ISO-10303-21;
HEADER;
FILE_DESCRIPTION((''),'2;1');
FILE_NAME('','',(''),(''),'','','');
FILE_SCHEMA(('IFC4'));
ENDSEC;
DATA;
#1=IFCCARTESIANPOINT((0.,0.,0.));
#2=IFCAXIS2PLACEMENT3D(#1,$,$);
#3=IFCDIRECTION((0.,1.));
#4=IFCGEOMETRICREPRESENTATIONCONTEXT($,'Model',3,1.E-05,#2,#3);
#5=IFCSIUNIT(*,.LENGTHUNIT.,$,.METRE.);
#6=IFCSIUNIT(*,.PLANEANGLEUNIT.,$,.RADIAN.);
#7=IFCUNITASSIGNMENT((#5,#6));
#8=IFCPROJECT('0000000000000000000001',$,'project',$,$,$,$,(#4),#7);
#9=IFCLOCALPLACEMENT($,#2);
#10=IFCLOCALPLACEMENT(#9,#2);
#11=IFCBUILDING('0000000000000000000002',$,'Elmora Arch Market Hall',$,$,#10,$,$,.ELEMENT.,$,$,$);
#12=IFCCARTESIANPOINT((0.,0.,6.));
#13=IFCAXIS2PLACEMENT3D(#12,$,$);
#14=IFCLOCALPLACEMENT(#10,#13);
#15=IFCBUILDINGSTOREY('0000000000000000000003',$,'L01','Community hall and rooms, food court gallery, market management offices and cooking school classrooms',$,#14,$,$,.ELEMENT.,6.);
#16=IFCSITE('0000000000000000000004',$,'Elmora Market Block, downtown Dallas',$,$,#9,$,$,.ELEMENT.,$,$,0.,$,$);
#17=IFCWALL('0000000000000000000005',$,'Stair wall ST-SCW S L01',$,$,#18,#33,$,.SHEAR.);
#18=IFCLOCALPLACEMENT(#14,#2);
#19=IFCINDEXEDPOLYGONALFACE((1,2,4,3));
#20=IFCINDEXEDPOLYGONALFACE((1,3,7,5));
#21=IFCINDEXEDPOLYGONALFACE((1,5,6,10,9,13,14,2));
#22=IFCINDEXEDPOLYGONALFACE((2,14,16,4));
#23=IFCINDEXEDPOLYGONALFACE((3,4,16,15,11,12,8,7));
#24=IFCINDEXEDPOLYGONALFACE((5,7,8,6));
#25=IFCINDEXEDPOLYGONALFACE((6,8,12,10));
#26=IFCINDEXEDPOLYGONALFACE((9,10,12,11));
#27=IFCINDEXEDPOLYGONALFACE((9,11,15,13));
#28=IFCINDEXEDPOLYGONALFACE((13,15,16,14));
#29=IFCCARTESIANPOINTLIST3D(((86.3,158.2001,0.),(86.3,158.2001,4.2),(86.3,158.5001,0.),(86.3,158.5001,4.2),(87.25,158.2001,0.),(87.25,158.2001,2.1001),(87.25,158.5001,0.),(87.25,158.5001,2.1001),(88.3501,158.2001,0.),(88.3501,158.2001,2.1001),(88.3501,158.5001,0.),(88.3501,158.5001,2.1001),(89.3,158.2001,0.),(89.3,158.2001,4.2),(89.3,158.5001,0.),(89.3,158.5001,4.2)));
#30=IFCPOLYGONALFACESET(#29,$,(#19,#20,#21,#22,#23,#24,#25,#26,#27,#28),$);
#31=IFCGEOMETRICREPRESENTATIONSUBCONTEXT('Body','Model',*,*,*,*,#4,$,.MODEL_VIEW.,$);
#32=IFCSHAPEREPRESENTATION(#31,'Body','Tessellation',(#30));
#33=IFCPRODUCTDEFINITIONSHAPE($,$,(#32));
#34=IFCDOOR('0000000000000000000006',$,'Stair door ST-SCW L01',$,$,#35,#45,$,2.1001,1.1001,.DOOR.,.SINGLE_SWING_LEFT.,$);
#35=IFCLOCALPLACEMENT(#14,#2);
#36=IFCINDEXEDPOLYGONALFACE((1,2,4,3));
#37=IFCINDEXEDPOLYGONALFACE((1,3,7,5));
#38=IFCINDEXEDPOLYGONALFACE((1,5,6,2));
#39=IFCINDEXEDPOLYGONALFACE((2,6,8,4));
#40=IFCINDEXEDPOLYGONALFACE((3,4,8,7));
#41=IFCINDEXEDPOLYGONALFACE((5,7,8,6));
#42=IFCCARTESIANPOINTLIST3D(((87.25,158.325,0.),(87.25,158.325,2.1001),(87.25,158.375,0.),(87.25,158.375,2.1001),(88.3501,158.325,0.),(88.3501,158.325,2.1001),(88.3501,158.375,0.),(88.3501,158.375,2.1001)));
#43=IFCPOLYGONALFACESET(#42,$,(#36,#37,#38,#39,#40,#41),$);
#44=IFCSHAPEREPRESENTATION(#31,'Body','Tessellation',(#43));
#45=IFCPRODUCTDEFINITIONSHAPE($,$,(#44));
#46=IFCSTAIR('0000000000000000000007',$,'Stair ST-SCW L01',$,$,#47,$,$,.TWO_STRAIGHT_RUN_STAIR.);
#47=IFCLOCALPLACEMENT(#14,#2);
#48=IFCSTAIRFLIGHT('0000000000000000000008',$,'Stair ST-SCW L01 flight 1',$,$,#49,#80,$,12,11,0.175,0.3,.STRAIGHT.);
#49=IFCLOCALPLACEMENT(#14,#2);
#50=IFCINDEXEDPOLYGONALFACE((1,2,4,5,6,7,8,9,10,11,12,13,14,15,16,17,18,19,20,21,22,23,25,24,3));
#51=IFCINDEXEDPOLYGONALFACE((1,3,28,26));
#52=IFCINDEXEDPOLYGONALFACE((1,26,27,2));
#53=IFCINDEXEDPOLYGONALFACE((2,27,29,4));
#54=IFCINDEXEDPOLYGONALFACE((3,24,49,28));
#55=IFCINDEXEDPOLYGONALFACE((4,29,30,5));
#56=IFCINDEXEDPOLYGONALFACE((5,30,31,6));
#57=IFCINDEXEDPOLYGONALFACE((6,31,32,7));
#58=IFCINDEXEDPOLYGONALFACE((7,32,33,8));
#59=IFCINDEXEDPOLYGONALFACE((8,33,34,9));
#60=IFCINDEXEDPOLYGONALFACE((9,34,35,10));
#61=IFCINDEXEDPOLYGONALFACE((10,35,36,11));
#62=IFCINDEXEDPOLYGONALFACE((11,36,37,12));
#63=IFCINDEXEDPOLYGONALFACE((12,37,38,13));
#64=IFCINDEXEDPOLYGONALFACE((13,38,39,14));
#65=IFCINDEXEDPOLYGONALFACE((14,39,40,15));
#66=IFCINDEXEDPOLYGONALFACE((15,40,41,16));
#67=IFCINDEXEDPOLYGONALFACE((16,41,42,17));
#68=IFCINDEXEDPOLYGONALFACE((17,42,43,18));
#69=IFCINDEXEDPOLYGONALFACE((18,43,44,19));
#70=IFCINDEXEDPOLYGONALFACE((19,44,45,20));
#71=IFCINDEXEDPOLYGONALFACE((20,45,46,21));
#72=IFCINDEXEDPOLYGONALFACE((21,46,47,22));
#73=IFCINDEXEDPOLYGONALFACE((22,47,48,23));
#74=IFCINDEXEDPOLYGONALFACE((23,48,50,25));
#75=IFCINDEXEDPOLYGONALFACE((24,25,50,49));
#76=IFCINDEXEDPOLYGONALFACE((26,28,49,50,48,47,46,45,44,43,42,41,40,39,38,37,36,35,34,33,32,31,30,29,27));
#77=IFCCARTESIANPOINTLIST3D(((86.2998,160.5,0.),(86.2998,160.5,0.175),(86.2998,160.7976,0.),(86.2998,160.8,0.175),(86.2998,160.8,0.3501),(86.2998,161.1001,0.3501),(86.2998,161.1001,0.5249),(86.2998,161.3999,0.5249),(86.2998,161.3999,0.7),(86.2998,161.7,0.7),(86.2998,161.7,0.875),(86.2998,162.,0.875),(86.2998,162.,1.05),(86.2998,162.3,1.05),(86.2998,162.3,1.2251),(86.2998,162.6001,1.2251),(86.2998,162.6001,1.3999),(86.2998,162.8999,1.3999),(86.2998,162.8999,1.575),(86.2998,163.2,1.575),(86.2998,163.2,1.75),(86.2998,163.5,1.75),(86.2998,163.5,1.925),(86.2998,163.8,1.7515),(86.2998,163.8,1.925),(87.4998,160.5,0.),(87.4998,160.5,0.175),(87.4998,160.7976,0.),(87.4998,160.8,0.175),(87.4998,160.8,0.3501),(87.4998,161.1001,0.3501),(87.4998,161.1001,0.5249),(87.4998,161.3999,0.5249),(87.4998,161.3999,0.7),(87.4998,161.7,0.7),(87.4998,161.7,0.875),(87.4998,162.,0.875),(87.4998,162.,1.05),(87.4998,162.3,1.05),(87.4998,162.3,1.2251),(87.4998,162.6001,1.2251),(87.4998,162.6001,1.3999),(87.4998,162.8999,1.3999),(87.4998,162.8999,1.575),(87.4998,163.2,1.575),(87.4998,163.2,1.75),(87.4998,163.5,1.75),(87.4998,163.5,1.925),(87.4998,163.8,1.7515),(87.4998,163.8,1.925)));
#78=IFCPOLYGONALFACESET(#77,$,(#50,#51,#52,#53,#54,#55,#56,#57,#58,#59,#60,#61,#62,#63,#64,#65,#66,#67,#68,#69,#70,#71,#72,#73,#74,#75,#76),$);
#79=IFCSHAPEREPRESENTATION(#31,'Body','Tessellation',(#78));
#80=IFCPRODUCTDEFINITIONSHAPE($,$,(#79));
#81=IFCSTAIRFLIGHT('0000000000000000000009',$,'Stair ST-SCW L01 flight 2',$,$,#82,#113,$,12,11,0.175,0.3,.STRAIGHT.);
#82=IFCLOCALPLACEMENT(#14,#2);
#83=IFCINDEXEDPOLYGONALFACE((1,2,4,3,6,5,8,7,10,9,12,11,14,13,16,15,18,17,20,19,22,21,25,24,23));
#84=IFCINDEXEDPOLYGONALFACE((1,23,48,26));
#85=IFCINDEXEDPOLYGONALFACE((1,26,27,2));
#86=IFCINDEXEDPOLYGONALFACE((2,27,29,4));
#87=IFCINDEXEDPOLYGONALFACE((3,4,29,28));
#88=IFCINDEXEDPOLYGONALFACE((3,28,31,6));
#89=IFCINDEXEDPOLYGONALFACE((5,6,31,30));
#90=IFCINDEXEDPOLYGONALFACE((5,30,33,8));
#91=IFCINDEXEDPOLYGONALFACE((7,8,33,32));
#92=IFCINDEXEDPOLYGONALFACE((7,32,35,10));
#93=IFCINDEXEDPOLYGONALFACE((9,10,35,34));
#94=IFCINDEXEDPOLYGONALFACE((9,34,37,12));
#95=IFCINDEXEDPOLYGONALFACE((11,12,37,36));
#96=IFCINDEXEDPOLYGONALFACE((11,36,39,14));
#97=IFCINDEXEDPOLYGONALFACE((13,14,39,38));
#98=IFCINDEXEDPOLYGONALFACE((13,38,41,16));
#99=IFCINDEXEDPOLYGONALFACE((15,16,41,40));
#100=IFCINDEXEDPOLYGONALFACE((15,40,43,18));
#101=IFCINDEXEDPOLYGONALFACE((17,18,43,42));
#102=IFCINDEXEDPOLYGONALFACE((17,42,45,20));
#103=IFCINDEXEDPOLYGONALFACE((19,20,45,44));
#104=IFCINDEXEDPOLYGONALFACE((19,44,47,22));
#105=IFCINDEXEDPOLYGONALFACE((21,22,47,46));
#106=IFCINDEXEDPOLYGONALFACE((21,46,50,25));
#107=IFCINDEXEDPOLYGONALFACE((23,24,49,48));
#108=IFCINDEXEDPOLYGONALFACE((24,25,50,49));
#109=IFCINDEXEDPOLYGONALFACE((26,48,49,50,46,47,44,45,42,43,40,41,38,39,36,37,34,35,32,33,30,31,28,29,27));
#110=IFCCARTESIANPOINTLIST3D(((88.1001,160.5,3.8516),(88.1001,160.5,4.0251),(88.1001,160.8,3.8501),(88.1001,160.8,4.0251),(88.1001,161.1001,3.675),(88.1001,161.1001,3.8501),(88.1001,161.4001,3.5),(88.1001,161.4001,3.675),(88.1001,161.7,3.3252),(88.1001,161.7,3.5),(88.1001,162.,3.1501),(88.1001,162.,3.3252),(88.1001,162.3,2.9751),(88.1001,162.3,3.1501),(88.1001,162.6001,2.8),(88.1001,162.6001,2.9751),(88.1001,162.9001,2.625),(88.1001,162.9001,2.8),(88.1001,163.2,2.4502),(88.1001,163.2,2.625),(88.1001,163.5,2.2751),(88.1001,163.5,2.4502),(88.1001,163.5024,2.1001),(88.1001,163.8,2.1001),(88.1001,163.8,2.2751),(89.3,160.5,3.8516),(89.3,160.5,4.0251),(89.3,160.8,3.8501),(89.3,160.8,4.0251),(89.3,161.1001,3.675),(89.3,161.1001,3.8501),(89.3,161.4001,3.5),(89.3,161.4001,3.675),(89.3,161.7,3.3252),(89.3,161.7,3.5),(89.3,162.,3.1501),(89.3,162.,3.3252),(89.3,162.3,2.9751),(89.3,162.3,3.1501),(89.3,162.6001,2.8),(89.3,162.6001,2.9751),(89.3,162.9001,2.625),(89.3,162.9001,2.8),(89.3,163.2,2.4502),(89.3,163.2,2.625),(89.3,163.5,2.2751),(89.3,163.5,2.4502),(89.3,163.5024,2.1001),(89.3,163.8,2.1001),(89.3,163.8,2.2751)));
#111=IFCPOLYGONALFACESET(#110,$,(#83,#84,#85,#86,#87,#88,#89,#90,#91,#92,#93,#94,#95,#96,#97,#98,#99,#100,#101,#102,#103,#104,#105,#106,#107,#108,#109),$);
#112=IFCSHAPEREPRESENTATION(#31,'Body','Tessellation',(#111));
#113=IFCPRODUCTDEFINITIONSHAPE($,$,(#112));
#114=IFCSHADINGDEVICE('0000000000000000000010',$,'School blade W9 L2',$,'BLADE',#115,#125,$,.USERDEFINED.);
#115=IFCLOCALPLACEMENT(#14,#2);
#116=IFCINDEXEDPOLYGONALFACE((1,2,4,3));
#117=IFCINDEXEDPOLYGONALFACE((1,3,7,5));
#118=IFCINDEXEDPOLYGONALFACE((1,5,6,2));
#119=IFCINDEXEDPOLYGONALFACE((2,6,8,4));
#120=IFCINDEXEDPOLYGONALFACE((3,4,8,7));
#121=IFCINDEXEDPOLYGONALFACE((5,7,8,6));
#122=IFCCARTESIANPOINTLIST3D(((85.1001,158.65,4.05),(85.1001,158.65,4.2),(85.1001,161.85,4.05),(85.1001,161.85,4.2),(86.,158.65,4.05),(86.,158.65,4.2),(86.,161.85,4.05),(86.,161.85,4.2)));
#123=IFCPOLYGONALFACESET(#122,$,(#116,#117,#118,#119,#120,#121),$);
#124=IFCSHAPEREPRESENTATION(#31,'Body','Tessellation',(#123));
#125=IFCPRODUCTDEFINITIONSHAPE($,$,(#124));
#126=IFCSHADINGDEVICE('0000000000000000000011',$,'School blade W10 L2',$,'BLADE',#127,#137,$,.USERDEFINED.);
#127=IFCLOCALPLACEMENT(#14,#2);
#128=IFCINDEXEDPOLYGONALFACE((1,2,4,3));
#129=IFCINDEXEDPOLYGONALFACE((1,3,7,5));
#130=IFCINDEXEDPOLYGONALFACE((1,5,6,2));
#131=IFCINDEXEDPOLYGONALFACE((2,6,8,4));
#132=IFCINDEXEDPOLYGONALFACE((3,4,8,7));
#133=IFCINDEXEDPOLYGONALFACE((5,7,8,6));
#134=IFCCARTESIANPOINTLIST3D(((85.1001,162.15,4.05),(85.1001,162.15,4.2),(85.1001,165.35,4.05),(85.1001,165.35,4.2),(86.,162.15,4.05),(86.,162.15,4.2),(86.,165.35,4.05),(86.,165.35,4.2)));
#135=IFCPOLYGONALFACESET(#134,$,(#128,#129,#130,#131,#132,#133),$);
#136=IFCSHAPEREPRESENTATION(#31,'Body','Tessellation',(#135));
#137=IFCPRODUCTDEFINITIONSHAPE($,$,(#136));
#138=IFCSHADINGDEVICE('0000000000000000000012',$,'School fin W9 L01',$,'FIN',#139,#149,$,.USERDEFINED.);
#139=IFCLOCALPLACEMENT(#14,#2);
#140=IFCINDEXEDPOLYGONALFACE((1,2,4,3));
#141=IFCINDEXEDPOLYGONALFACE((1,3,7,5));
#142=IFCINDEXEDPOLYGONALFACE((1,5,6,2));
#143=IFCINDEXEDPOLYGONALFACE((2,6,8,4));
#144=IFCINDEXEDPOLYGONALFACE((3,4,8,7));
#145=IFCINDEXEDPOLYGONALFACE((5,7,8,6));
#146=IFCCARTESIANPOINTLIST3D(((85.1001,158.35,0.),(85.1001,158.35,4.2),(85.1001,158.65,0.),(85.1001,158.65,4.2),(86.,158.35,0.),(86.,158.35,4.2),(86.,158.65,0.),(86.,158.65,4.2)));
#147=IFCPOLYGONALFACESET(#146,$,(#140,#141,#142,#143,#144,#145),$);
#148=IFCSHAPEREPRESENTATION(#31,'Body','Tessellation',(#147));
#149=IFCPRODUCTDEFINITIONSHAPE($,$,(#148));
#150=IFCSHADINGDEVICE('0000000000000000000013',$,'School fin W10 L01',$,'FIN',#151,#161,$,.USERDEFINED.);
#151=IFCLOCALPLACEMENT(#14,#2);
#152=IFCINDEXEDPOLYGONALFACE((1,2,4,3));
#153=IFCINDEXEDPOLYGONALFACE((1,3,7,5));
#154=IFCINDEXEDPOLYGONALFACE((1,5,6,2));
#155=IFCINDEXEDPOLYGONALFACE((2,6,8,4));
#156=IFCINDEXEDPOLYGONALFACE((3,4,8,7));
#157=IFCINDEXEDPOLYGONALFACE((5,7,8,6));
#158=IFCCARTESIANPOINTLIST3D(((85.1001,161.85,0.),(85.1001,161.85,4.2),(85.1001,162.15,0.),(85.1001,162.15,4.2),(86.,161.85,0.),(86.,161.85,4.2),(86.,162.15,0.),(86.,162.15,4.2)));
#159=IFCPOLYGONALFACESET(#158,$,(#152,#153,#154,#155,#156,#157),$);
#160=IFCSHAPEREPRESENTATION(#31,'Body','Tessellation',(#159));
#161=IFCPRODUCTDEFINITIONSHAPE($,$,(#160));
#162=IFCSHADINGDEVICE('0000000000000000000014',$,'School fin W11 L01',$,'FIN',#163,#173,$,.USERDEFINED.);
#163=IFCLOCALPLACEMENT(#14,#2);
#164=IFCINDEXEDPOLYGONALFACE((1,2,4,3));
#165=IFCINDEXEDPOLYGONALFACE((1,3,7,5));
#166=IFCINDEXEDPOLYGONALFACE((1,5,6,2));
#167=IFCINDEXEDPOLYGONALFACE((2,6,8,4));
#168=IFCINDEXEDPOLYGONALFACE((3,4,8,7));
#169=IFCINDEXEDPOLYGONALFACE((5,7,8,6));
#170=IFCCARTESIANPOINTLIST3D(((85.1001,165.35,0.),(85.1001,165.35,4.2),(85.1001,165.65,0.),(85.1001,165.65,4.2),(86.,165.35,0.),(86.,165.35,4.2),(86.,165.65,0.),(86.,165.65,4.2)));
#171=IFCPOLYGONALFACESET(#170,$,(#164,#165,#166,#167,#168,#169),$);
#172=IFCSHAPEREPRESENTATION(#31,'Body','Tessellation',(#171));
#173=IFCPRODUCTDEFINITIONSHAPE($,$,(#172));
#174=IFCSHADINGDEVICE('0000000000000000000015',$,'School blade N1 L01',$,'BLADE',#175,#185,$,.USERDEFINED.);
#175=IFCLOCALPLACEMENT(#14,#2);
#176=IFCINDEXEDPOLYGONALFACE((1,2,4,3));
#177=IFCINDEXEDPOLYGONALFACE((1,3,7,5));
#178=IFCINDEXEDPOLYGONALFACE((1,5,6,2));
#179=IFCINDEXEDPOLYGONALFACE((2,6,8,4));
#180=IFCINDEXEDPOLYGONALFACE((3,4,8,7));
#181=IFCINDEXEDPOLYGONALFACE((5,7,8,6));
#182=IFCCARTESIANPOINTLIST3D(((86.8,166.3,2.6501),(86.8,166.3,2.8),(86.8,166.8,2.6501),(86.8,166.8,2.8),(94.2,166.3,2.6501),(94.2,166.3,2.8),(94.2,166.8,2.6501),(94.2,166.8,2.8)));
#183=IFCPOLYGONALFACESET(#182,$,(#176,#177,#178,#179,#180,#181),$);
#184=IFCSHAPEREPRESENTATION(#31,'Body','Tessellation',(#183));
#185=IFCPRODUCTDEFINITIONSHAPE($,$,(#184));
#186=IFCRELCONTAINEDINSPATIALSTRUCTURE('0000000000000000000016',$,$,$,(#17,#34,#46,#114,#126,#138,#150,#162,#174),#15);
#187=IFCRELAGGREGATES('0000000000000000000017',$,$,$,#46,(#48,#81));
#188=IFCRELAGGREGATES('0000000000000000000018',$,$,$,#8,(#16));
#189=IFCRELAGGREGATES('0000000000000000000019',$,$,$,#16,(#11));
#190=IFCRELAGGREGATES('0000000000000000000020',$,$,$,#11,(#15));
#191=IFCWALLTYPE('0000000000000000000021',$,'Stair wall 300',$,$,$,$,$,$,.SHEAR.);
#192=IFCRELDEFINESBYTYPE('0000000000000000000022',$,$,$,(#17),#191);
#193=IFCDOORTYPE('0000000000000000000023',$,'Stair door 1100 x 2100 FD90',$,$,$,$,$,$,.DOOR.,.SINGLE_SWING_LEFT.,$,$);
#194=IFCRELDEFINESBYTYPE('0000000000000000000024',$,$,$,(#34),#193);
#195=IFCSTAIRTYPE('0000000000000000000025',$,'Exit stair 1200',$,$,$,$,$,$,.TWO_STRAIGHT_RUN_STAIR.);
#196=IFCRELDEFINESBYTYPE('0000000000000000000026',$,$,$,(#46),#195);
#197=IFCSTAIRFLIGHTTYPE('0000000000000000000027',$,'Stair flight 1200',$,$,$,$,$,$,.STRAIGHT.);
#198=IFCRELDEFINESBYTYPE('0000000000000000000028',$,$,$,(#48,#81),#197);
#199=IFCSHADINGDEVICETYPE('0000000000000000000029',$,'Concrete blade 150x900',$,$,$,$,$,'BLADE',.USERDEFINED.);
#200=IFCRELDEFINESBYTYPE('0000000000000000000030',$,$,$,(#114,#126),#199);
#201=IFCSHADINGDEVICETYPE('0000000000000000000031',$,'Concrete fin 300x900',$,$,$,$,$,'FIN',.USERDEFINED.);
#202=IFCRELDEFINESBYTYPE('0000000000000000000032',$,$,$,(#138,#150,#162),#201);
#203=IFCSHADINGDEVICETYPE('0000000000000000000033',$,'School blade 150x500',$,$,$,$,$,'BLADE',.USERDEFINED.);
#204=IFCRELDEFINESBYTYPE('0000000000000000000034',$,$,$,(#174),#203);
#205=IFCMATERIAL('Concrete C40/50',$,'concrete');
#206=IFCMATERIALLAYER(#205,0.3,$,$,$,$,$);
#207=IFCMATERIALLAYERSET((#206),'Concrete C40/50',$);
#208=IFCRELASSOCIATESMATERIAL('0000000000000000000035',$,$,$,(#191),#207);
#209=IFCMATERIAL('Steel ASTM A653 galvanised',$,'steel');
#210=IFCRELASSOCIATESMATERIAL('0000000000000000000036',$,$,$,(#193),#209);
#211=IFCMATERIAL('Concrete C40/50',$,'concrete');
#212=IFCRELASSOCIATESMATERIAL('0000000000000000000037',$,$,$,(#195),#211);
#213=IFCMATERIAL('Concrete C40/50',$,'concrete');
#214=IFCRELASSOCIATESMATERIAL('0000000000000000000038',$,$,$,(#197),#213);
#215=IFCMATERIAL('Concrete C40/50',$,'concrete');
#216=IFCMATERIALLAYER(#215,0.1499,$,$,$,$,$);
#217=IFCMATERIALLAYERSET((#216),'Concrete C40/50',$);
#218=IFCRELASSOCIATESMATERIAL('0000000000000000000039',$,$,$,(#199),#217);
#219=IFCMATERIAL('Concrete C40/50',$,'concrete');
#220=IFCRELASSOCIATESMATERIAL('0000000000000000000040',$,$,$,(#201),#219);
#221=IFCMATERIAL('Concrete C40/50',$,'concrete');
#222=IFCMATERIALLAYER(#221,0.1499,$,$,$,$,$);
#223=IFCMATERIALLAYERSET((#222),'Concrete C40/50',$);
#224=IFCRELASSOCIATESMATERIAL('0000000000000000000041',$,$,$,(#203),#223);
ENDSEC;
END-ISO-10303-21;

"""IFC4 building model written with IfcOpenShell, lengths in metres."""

from ifc_helpers import new_model, si_unit, direction, frame, frame_2d, origin, origin_2d, place, context, subcontext, project, spatial, polyline, rectangle, outline, extrude, material, layer, layer_set, type_object, element, fill, aggregate, save


model = new_model("IFC4")

# Units and contexts
model_context = context("Model", 3, precision=1e-05, world=origin(), true_north=direction((0.0, 1.0)))
body_context = subcontext(model_context, "Body", "Model", "MODEL_VIEW")
ifc_project = project(units=[si_unit("LENGTHUNIT", "METRE"), si_unit("PLANEANGLEUNIT", "RADIAN")], contexts=[model_context])

# Site, building, storey
site_placement = place(None, origin())
site = spatial("IfcSite", under=ifc_project, at=site_placement, Name="Elmora Market Block, downtown Dallas", CompositionType="ELEMENT", RefElevation=0.0)
building_placement = place(site_placement, origin())
building = spatial("IfcBuilding", under=site, at=building_placement, Name="Elmora Arch Market Hall", CompositionType="ELEMENT")
storey_placement = place(building_placement, frame((0.0, 0.0, 6.0)))
storey = spatial("IfcBuildingStorey", under=building, at=storey_placement, Name="L01", Description="Community hall and rooms, food court gallery, market management offices and cooking school classrooms", CompositionType="ELEMENT", Elevation=6.0)

# Shared definitions
ifc_material_1 = material(Name="Concrete C40/50", Category="concrete")
ifc_layer_1 = layer(ifc_material_1, 0.3)
ifc_layer_set_1 = layer_set([ifc_layer_1], Name="Concrete C40/50")
wall_type_1 = type_object("IfcWallType", Name="Stair wall 300", PredefinedType="SHEAR", material=ifc_layer_set_1)

# Wall, opening, door
wall_1_placement = place(storey_placement, frame((86.3, 158.3501, 0.0), z_axis=(0.0, 0.0, 1.0), x_axis=(1.0, 0.0, 0.0)))
wall_1 = element("IfcWall", 1, at=wall_1_placement, inside=storey, type_object=wall_type_1, Name="Stair wall ST-SCW S L01", PredefinedType="SHEAR", context=body_context, shape_type="SweptSolid", body=[
    extrude(rectangle(XDim=3.0, YDim=0.3, at=frame_2d((1.5, 0.0))), origin(), (0.0, 0.0, 1.0), 4.2),
])
opening_1_placement = place(wall_1_placement, frame((0.95, 0.0, 0.0)))
opening_1 = element("IfcOpeningElement", 2, at=opening_1_placement, cuts=wall_1, PredefinedType="OPENING", context=body_context, shape_type="SweptSolid", body=[
    extrude(rectangle(XDim=1.1001, YDim=2.1001, at=frame_2d((0.55, 1.05))), frame((0.0, 0.1599, 0.0), z_axis=(0.0, -1.0, 0.0), x_axis=(1.0, 0.0, 0.0)), (0.0, 0.0, 1.0), 0.3201),
])
ifc_material_2 = material(Name="Steel ASTM A653 galvanised", Category="steel")
door_type_1 = type_object("IfcDoorType", Name="Stair door 1100 x 2100 FD90", OperationType="SINGLE_SWING_LEFT", PredefinedType="DOOR", material=ifc_material_2)
door_1_placement = place(opening_1_placement, origin())
door_1 = element("IfcDoor", 3, at=door_1_placement, inside=storey, type_object=door_type_1, Name="Stair door ST-SCW L01", OperationType="SINGLE_SWING_LEFT", OverallHeight=2.1001, OverallWidth=1.1001, PredefinedType="DOOR", context=body_context, shape_type="SweptSolid", body=[
    extrude(rectangle(XDim=1.1001, YDim=2.1001, at=frame_2d((0.55, 1.05))), frame((0.0, 0.0249, 0.0), z_axis=(0.0, -1.0, 0.0), x_axis=(1.0, 0.0, 0.0)), (0.0, 0.0, 1.0), 0.05),
])
fill(opening_1, door_1)

# Stair, stair flights
ifc_material_3 = material(Name="Concrete C40/50", Category="concrete")
stair_type = type_object("IfcStairType", Name="Exit stair 1200", PredefinedType="TWO_STRAIGHT_RUN_STAIR", material=ifc_material_3)
stair_placement = place(storey_placement, origin())
stair = element("IfcStair", 4, at=stair_placement, inside=storey, type_object=stair_type, Name="Stair ST-SCW L01", PredefinedType="TWO_STRAIGHT_RUN_STAIR")
ifc_material_4 = material(Name="Concrete C40/50", Category="concrete")
stair_flight_type = type_object("IfcStairFlightType", Name="Stair flight 1200", PredefinedType="STRAIGHT", material=ifc_material_4)
stair_flight_1_placement = place(storey_placement, frame((86.8999, 160.5, 0.0), z_axis=(0.0, 0.0, 1.0), x_axis=(0.0, 1.0, 0.0)))
stair_flight_1 = element("IfcStairFlight", 5, at=stair_flight_1_placement, type_object=stair_flight_type, Name="Stair ST-SCW L01 flight 1", NumberOfRisers=12, NumberOfTreads=11, PredefinedType="STRAIGHT", RiserHeight=0.175, TreadLength=0.3, context=body_context, shape_type="SweptSolid", body=[
    extrude(outline(polyline([(0.0, 0.0), (0.0, 0.175), (0.3, 0.175), (0.3, 0.3501), (0.6001, 0.3501), (0.6001, 0.5249), (0.8999, 0.5249), (0.8999, 0.7), (1.2, 0.7), (1.2, 0.875), (1.5, 0.875), (1.5, 1.05), (1.8, 1.05), (1.8, 1.2251), (2.1001, 1.2251), (2.1001, 1.3999), (2.3999, 1.3999), (2.3999, 1.575), (2.7, 1.575), (2.7, 1.75), (3.0, 1.75), (3.0, 1.925), (3.3, 1.925), (3.3, 2.1001), (3.3, 1.7515), (0.2976, 0.0), (0.0, 0.0)])), frame((0.0, 0.6001, 0.0), z_axis=(0.0, -1.0, 0.0), x_axis=(1.0, 0.0, 0.0)), (0.0, 0.0, 1.0), 1.2),
])
stair_flight_2_placement = place(storey_placement, frame((88.7, 163.8, 2.1001), z_axis=(0.0, 0.0, 1.0), x_axis=(0.0, -1.0, 0.0)))
stair_flight_2 = element("IfcStairFlight", 6, at=stair_flight_2_placement, type_object=stair_flight_type, Name="Stair ST-SCW L01 flight 2", NumberOfRisers=12, NumberOfTreads=11, PredefinedType="STRAIGHT", RiserHeight=0.175, TreadLength=0.3, context=body_context, shape_type="SweptSolid", body=[
    extrude(outline(polyline([(0.0, 0.0), (0.0, 0.175), (0.3, 0.175), (0.3, 0.3501), (0.6001, 0.3501), (0.6001, 0.5249), (0.8999, 0.5249), (0.8999, 0.7), (1.2, 0.7), (1.2, 0.875), (1.5, 0.875), (1.5, 1.05), (1.8, 1.05), (1.8, 1.2251), (2.1001, 1.2251), (2.1001, 1.3999), (2.3999, 1.3999), (2.3999, 1.575), (2.7, 1.575), (2.7, 1.75), (3.0, 1.75), (3.0, 1.925), (3.3, 1.925), (3.3, 2.1001), (3.3, 1.7515), (0.2976, 0.0), (0.0, 0.0)])), frame((0.0, 0.6001, 0.0), z_axis=(0.0, -1.0, 0.0), x_axis=(1.0, 0.0, 0.0)), (0.0, 0.0, 1.0), 1.2),
])
aggregate(stair, [stair_flight_1, stair_flight_2])

# Shading devices
ifc_material_5 = material(Name="Concrete C40/50", Category="concrete")
ifc_layer_2 = layer(ifc_material_5, 0.1499)
ifc_layer_set_2 = layer_set([ifc_layer_2], Name="Concrete C40/50")
shading_device_type_1 = type_object("IfcShadingDeviceType", Name="Concrete blade 150x900", ElementType="BLADE", PredefinedType="USERDEFINED", material=ifc_layer_set_2)
for number, where, z_axis, x_axis, name in (
    (7, (85.55, 160.25, 4.05), (0.0, 0.0, 1.0), (1.0, 0.0, 0.0), "School blade W9 L2"),
    (8, (85.55, 163.75, 4.05), (0.0, 0.0, 1.0), (1.0, 0.0, 0.0), "School blade W10 L2"),
):
    element("IfcShadingDevice", number, at=place(storey_placement, frame(where, z_axis=z_axis, x_axis=x_axis)), inside=storey, type_object=shading_device_type_1, Name=name, ObjectType="BLADE", PredefinedType="USERDEFINED", context=body_context, shape_type="SweptSolid", body=[
        extrude(rectangle(XDim=0.8999, YDim=3.2, at=origin_2d()), origin(), (0.0, 0.0, 1.0), 0.1499),
    ])
ifc_material_6 = material(Name="Concrete C40/50", Category="concrete")
shading_device_type_2 = type_object("IfcShadingDeviceType", Name="Concrete fin 300x900", ElementType="FIN", PredefinedType="USERDEFINED", material=ifc_material_6)
for number, where, z_axis, x_axis, name in (
    (9, (85.55, 158.5, 0.0), (0.0, 0.0, 1.0), (1.0, 0.0, 0.0), "School fin W9 L01"),
    (10, (85.55, 162.0, 0.0), (0.0, 0.0, 1.0), (1.0, 0.0, 0.0), "School fin W10 L01"),
    (11, (85.55, 165.5, 0.0), (0.0, 0.0, 1.0), (1.0, 0.0, 0.0), "School fin W11 L01"),
):
    element("IfcShadingDevice", number, at=place(storey_placement, frame(where, z_axis=z_axis, x_axis=x_axis)), inside=storey, type_object=shading_device_type_2, Name=name, ObjectType="FIN", PredefinedType="USERDEFINED", context=body_context, shape_type="SweptSolid", body=[
        extrude(rectangle(XDim=0.8999, YDim=0.3, at=origin_2d()), origin(), (0.0, 0.0, 1.0), 4.2),
    ])
ifc_material_7 = material(Name="Concrete C40/50", Category="concrete")
ifc_layer_3 = layer(ifc_material_7, 0.1499)
ifc_layer_set_3 = layer_set([ifc_layer_3], Name="Concrete C40/50")
shading_device_type_3 = type_object("IfcShadingDeviceType", Name="School blade 150x500", ElementType="BLADE", PredefinedType="USERDEFINED", material=ifc_layer_set_3)
shading_device_placement = place(storey_placement, frame((90.5, 166.55, 2.6501), z_axis=(0.0, 0.0, 1.0), x_axis=(1.0, 0.0, 0.0)))
element("IfcShadingDevice", 12, at=shading_device_placement, inside=storey, type_object=shading_device_type_3, Name="School blade N1 L01", ObjectType="BLADE", PredefinedType="USERDEFINED", context=body_context, shape_type="SweptSolid", body=[
    extrude(rectangle(XDim=7.3999, YDim=0.5, at=origin_2d()), origin(), (0.0, 0.0, 1.0), 0.1499),
])

save(model, "model.ifc")
